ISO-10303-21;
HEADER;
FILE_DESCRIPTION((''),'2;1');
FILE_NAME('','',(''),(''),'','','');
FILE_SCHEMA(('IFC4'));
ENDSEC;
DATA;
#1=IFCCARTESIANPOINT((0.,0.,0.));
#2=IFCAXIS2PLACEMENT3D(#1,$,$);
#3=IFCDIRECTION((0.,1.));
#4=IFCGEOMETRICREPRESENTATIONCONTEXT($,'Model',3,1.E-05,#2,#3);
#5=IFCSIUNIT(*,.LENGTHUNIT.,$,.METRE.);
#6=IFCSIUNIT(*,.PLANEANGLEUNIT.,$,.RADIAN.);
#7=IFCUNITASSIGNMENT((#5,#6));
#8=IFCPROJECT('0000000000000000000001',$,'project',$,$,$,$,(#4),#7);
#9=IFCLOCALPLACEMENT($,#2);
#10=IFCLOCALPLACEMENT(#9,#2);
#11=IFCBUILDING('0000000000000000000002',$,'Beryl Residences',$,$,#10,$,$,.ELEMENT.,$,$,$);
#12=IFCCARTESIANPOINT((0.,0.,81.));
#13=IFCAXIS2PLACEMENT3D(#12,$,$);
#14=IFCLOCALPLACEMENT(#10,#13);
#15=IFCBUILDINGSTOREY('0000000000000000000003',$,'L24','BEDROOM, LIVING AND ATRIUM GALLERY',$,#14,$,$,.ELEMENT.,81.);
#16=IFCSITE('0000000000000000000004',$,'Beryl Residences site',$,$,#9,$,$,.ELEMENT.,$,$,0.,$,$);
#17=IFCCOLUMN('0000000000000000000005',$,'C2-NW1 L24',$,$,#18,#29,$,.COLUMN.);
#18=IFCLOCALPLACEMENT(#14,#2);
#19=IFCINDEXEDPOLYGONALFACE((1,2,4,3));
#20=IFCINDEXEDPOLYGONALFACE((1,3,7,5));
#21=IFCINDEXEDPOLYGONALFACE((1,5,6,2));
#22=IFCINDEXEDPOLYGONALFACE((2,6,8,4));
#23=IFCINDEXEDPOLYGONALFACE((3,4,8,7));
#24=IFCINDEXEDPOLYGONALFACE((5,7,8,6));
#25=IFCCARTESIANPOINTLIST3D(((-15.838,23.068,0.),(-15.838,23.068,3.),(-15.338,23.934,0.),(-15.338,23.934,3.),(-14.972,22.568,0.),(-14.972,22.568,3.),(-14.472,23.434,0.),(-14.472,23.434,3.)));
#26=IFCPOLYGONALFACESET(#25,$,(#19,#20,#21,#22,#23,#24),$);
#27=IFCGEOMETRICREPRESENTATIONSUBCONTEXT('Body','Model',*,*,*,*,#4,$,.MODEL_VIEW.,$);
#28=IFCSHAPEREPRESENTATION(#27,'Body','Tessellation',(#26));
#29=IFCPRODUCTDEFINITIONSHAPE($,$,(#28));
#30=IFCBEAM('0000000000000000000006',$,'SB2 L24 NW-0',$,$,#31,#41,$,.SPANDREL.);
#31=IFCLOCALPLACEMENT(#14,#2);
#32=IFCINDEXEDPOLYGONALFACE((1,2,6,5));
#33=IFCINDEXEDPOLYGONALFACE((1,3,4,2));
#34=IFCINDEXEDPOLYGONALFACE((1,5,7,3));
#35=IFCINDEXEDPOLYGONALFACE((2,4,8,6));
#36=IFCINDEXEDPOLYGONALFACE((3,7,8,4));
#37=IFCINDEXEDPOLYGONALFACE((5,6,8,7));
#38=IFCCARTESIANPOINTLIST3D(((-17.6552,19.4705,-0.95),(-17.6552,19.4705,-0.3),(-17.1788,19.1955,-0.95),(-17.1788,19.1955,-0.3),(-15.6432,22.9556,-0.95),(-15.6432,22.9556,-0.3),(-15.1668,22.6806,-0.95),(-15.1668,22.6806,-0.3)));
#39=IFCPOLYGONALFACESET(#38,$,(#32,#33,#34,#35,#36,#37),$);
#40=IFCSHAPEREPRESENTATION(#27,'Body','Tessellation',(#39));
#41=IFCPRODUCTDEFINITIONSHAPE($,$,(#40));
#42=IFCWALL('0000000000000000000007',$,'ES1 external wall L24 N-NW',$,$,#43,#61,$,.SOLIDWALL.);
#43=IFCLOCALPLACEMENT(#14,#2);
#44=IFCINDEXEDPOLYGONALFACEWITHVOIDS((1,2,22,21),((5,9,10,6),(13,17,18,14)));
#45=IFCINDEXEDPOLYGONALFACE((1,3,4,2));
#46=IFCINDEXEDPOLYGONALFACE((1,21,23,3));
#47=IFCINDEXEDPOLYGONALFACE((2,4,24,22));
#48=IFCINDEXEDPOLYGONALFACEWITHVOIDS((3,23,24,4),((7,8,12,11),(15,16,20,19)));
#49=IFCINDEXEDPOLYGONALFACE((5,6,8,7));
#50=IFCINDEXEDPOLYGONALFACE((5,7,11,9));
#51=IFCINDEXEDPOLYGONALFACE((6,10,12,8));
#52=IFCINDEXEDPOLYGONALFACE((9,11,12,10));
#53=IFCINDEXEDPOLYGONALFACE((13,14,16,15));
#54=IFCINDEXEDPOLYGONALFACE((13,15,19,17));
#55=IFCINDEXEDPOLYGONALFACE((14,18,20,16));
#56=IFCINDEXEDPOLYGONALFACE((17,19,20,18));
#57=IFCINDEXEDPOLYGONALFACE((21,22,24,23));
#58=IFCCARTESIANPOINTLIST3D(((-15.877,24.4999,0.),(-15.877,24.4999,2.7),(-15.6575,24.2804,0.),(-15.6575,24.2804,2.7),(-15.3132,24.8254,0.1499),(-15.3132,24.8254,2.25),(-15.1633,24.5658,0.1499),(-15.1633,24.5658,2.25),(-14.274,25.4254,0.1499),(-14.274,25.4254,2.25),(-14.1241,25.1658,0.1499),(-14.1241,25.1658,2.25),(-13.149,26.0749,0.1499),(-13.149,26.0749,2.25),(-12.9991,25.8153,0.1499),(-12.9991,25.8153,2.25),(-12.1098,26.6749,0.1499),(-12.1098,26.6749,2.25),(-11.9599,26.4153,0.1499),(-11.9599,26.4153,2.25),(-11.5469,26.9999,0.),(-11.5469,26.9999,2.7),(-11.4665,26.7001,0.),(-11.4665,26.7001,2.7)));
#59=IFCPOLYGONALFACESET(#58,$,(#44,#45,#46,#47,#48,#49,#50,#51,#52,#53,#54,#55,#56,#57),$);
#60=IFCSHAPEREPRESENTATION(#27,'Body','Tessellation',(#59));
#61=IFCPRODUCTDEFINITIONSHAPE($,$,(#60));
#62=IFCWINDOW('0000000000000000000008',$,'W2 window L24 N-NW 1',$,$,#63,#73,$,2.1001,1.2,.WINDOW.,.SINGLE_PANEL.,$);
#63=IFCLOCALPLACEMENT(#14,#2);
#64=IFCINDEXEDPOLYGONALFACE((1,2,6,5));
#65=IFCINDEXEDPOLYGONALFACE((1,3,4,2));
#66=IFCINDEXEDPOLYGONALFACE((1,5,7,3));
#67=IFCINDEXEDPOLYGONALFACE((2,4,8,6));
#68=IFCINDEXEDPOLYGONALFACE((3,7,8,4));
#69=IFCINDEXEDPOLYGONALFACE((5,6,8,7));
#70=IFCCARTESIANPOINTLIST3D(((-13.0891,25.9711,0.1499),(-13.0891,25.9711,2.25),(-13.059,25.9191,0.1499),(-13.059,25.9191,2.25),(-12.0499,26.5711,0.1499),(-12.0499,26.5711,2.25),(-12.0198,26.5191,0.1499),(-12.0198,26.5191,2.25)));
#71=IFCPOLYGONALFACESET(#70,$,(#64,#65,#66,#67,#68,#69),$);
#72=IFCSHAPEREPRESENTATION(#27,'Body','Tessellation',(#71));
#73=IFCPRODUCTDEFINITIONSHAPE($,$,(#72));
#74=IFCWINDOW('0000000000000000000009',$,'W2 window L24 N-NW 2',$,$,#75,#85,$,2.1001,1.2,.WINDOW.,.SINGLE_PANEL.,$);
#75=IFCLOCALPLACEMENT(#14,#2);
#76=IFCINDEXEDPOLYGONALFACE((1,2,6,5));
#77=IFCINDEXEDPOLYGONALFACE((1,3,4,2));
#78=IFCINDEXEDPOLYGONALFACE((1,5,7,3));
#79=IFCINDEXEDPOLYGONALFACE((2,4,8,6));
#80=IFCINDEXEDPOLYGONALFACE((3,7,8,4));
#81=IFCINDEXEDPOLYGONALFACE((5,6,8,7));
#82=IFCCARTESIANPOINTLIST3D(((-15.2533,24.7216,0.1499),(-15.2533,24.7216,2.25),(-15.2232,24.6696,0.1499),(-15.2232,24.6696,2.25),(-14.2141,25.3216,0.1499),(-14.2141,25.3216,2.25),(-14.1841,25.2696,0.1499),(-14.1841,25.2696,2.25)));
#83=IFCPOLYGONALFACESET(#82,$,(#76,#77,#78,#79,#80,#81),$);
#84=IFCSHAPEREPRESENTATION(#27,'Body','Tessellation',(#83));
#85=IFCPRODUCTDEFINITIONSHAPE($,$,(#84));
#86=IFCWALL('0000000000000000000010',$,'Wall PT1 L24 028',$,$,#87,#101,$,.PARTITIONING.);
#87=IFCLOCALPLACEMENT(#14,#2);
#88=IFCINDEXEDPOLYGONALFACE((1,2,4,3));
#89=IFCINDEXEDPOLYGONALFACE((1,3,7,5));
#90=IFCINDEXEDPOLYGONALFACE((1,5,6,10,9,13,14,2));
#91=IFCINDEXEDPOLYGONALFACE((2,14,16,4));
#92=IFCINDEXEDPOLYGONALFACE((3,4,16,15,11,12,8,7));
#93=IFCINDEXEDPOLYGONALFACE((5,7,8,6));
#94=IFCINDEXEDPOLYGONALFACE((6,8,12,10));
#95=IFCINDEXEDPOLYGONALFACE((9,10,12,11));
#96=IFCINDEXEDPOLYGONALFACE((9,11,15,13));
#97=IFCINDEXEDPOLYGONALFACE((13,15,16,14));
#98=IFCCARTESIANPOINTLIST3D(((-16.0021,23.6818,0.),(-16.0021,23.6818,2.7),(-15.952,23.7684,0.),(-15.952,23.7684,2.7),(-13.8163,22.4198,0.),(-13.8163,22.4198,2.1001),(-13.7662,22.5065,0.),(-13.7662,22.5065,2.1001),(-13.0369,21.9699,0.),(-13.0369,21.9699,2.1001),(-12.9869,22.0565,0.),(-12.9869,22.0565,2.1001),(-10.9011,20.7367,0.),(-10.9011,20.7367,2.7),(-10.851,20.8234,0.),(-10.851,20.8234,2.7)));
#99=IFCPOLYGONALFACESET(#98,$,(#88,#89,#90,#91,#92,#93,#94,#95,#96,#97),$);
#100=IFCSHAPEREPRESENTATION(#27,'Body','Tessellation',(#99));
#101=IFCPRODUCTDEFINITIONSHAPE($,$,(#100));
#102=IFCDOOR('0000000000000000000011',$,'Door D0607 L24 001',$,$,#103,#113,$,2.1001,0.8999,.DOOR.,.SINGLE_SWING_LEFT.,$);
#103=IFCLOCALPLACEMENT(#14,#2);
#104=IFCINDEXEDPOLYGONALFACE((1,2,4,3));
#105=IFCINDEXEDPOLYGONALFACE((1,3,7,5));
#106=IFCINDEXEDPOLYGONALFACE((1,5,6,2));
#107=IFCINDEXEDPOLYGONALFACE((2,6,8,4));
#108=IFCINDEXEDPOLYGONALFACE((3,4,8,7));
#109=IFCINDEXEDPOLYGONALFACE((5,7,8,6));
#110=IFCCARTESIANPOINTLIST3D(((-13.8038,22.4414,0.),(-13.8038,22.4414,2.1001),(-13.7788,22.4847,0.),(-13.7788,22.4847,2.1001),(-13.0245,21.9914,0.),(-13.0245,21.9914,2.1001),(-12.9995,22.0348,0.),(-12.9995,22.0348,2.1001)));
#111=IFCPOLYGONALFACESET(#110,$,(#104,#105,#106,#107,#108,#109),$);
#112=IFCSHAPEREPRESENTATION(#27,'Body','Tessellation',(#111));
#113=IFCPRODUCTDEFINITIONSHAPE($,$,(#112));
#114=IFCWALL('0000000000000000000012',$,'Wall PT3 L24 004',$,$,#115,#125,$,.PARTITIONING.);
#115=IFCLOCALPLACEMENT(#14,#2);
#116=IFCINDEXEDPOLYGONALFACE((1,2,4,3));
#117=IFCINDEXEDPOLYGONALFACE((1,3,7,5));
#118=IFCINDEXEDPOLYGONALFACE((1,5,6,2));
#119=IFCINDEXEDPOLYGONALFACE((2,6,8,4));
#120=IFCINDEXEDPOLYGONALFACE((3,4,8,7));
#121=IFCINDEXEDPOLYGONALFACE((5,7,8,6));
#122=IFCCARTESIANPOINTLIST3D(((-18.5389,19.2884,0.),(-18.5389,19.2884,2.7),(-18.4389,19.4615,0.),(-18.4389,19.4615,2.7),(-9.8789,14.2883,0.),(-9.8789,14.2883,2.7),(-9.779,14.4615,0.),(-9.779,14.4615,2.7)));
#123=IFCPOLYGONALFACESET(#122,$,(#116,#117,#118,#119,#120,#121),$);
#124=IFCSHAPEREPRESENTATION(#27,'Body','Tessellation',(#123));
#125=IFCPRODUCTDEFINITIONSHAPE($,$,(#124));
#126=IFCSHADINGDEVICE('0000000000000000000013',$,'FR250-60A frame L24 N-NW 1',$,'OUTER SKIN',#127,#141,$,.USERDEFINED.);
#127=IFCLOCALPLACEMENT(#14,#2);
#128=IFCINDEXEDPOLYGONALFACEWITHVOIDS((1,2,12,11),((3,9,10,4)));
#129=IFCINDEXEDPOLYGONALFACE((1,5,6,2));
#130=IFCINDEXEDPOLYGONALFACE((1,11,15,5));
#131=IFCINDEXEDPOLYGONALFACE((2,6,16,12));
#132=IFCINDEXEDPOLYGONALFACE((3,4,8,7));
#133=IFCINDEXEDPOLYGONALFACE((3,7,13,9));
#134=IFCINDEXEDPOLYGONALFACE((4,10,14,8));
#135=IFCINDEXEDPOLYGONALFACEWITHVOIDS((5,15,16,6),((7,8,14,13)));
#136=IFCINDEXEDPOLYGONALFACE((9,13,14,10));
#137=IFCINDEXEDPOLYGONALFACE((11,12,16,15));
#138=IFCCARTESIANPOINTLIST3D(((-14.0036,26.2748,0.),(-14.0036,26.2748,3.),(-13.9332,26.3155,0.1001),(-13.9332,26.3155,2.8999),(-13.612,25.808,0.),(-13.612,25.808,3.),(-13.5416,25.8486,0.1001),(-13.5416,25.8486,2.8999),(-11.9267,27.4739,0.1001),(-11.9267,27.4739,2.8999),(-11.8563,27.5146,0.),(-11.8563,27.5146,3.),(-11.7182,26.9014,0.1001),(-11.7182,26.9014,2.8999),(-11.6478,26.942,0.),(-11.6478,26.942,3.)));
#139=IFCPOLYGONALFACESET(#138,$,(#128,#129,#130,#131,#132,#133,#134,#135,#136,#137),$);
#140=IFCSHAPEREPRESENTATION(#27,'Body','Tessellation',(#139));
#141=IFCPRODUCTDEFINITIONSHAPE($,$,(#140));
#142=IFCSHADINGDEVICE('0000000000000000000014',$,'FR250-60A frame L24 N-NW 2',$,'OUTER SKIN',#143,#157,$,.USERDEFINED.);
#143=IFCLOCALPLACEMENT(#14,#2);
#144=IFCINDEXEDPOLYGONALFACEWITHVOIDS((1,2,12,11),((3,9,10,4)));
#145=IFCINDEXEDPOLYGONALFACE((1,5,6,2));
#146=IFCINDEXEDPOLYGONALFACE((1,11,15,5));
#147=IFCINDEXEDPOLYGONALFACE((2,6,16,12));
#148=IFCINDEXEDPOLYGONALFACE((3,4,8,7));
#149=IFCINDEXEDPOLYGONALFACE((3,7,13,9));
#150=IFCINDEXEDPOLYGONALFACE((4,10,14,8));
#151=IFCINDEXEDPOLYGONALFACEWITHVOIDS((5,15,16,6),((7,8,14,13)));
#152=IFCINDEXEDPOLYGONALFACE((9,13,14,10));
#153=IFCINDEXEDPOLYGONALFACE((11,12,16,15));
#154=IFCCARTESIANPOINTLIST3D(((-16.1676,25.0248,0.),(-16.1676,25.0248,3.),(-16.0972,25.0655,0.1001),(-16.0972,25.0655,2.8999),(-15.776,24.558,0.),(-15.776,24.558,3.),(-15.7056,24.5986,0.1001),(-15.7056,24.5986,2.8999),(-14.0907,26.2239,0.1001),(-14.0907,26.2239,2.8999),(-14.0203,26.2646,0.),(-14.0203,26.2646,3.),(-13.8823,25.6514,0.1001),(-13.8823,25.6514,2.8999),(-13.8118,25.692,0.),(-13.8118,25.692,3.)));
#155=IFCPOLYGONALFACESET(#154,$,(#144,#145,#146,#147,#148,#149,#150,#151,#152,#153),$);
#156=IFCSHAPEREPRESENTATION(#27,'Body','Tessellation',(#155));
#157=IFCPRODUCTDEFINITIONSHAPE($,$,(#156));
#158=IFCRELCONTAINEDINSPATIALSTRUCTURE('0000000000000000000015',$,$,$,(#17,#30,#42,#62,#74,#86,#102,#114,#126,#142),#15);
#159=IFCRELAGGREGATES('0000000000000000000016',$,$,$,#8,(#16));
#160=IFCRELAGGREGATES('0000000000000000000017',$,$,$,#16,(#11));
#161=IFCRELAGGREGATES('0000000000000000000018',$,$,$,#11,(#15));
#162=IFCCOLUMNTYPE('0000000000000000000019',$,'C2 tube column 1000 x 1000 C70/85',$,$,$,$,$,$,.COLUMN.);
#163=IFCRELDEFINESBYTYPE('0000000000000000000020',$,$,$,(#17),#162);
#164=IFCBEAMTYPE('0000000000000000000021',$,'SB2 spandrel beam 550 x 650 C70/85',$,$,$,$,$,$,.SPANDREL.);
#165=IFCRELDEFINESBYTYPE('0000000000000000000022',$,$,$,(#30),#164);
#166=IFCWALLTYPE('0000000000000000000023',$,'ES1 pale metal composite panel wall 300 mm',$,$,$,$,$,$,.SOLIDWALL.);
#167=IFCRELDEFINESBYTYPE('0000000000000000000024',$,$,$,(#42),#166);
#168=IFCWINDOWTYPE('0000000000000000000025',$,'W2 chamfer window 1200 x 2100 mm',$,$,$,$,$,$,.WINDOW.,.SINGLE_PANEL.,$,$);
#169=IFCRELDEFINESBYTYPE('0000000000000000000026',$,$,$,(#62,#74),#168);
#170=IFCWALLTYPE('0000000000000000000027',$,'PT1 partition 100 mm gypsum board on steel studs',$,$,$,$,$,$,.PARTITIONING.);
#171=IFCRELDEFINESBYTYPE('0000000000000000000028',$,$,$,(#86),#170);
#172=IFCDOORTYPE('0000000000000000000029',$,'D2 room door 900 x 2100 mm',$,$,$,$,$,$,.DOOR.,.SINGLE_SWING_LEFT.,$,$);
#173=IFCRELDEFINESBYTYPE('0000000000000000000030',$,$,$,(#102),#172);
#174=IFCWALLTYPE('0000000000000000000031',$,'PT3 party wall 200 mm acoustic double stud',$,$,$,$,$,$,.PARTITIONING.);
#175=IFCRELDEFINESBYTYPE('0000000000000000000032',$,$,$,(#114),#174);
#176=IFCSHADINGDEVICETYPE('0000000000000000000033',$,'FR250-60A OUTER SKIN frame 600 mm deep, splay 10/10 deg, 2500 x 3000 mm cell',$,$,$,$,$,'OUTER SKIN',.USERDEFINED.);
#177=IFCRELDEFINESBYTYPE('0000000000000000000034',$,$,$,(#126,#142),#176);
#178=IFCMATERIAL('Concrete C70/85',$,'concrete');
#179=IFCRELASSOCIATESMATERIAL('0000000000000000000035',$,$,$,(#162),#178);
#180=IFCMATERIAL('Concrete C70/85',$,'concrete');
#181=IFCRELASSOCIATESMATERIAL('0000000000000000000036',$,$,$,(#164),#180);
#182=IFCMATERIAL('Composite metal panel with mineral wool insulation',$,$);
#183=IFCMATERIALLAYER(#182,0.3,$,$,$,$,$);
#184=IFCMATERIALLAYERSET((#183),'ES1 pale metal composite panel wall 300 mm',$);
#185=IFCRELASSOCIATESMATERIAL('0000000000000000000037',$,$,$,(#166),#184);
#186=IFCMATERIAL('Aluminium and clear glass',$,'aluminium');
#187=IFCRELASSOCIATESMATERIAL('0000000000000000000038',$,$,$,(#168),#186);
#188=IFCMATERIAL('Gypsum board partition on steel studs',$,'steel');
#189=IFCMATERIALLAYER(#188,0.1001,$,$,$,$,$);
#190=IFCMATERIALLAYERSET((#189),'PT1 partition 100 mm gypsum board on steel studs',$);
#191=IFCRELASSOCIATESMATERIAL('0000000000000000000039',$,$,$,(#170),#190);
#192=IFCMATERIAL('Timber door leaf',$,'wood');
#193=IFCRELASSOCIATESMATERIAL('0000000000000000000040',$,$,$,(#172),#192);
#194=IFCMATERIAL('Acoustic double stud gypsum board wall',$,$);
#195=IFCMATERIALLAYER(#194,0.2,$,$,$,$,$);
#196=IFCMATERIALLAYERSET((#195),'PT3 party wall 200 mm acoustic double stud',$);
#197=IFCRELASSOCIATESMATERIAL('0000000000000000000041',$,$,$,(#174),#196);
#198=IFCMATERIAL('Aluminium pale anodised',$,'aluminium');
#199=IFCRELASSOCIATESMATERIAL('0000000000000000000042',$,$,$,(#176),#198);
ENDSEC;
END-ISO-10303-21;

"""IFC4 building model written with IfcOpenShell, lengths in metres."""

from ifc_helpers import new_model, entity, si_unit, direction, frame, frame_2d, origin, origin_2d, place, context, subcontext, project, spatial, polyline, rectangle, outline, extrude, source, transform, mapped, material, layer, layer_set, material_profile, profile_set, type_object, type_shapes, element, fill, save


model = new_model("IFC4")

# Units and contexts
model_context = context("Model", 3, precision=1e-05, world=origin(), true_north=direction((0.0, 1.0)))
body_context = subcontext(model_context, "Body", "Model", "MODEL_VIEW")
ifc_project = project(units=[si_unit("LENGTHUNIT", "METRE"), si_unit("PLANEANGLEUNIT", "RADIAN")], contexts=[model_context])

# Site, building, storey
site_placement = place(None, origin())
site = spatial("IfcSite", under=ifc_project, at=site_placement, Name="Beryl Residences site", CompositionType="ELEMENT", RefElevation=0.0)
building_placement = place(site_placement, origin())
building = spatial("IfcBuilding", under=site, at=building_placement, Name="Beryl Residences", CompositionType="ELEMENT")
storey_placement = place(building_placement, frame((0.0, 0.0, 81.0)))
storey = spatial("IfcBuildingStorey", under=building, at=storey_placement, Name="L24", Description="BEDROOM, LIVING AND ATRIUM GALLERY", CompositionType="ELEMENT", Elevation=81.0)

# Column
ifc_material_1 = material(Name="Concrete C70/85", Category="concrete")
ifc_material_profile_1 = material_profile(ifc_material_1, rectangle(XDim=1.0, YDim=1.0, at=origin_2d()))
ifc_profile_set_1 = profile_set([ifc_material_profile_1], Name="Concrete C70/85")
column_type = type_object("IfcColumnType", Name="C2 tube column 1000 x 1000 C70/85", PredefinedType="COLUMN", material=ifc_profile_set_1)
column_placement = place(storey_placement, frame((-15.155, 23.251, 0.0), z_axis=(0.0, 0.0, 1.0), x_axis=(-0.5, -0.866025, 0.0)))
element("IfcColumn", 1, at=column_placement, inside=storey, type_object=column_type, Name="C2-NW1 L24", PredefinedType="COLUMN", context=body_context, shape_type="SweptSolid", body=[
    extrude(rectangle(XDim=1.0, YDim=1.0, at=origin_2d()), origin(), (0.0, 0.0, 1.0), 3.0),
])

# Beam
ifc_material_2 = material(Name="Concrete C70/85", Category="concrete")
ifc_material_profile_2 = material_profile(ifc_material_2, rectangle(XDim=0.55, YDim=0.6499, at=origin_2d()))
ifc_profile_set_2 = profile_set([ifc_material_profile_2], Name="Concrete C70/85")
beam_type = type_object("IfcBeamType", Name="SB2 spandrel beam 550 x 650 C70/85", PredefinedType="SPANDREL", material=ifc_profile_set_2)
beam_placement = place(storey_placement, frame((-15.405, 22.8181, -0.625), z_axis=(-0.499969, -0.866043, 0.0), x_axis=(0.866043, -0.499969, 0.0)))
element("IfcBeam", 2, at=beam_placement, inside=storey, type_object=beam_type, Name="SB2 L24 NW-0", PredefinedType="SPANDREL", context=body_context, shape_type="SweptSolid", body=[
    extrude(rectangle(XDim=0.55, YDim=0.6499, at=origin_2d()), origin(), (0.0, 0.0, 1.0), 4.0242),
])

# Wall, openings, windows
ifc_material_3 = material(Name="Composite metal panel with mineral wool insulation")
ifc_layer_1 = layer(ifc_material_3, 0.3)
ifc_layer_set_1 = layer_set([ifc_layer_1], Name="ES1 pale metal composite panel wall 300 mm")
wall_type_1 = type_object("IfcWallType", Name="ES1 pale metal composite panel wall 300 mm", PredefinedType="SOLIDWALL", material=ifc_layer_set_1)
wall_1_placement = place(storey_placement, frame((-11.4719, 26.8701, 0.0), z_axis=(0.0, 0.0, 1.0), x_axis=(-0.866023, -0.500004, 0.0)))
wall_1 = element("IfcWall", 3, at=wall_1_placement, inside=storey, type_object=wall_type_1, Name="ES1 external wall L24 N-NW", PredefinedType="SOLIDWALL", context=body_context, shape_type="SweptSolid", body=[
    extrude(outline(polyline([(0.0, -0.1499), (5.0, -0.1499), (4.9197, 0.1499), (0.0803, 0.1499), (0.0, -0.1499)])), origin(), (0.0, 0.0, 1.0), 2.7),
])
opening_1_placement = place(wall_1_placement, frame((0.6499, 0.0, 0.1499)))
opening_1 = element("IfcOpeningElement", 4, at=opening_1_placement, cuts=wall_1, PredefinedType="OPENING", context=body_context, shape_type="SweptSolid", body=[
    extrude(rectangle(XDim=1.2, YDim=2.1001, at=frame_2d((0.6001, 1.05))), frame((0.0, 0.1599, 0.0), z_axis=(0.0, -1.0, 0.0), x_axis=(1.0, 0.0, 0.0)), (0.0, 0.0, 1.0), 0.3201),
])
opening_2_placement = place(wall_1_placement, frame((3.1489, 0.0, 0.1499)))
opening_2 = element("IfcOpeningElement", 5, at=opening_2_placement, cuts=wall_1, PredefinedType="OPENING", context=body_context, shape_type="SweptSolid", body=[
    extrude(rectangle(XDim=1.2, YDim=2.1001, at=frame_2d((0.6001, 1.05))), frame((0.0, 0.1599, 0.0), z_axis=(0.0, -1.0, 0.0), x_axis=(1.0, 0.0, 0.0)), (0.0, 0.0, 1.0), 0.3201),
])
ifc_material_4 = material(Name="Aluminium and clear glass", Category="aluminium")
window_type_1 = type_object("IfcWindowType", Name="W2 chamfer window 1200 x 2100 mm", PartitioningType="SINGLE_PANEL", PredefinedType="WINDOW", material=ifc_material_4)
window_1_placement = place(opening_1_placement, origin())
window_1 = element("IfcWindow", 6, at=window_1_placement, inside=storey, type_object=window_type_1, Name="W2 window L24 N-NW 1", OverallHeight=2.1001, OverallWidth=1.2, PartitioningType="SINGLE_PANEL", PredefinedType="WINDOW", context=body_context, shape_type="SweptSolid", body=[
    extrude(rectangle(XDim=1.2, YDim=2.1001, at=frame_2d((0.6001, 1.05))), frame((0.0, 0.03, 0.0), z_axis=(0.0, -1.0, 0.0), x_axis=(1.0, 0.0, 0.0)), (0.0, 0.0, 1.0), 0.0601),
])
fill(opening_1, window_1)
window_2_placement = place(opening_2_placement, origin())
window_2 = element("IfcWindow", 7, at=window_2_placement, inside=storey, type_object=window_type_1, Name="W2 window L24 N-NW 2", OverallHeight=2.1001, OverallWidth=1.2, PartitioningType="SINGLE_PANEL", PredefinedType="WINDOW", context=body_context, shape_type="SweptSolid", body=[
    extrude(rectangle(XDim=1.2, YDim=2.1001, at=frame_2d((0.6001, 1.05))), frame((0.0, 0.03, 0.0), z_axis=(0.0, -1.0, 0.0), x_axis=(1.0, 0.0, 0.0)), (0.0, 0.0, 1.0), 0.0601),
])
fill(opening_2, window_2)

# Wall, opening, door
ifc_material_5 = material(Name="Gypsum board partition on steel studs", Category="steel")
ifc_layer_2 = layer(ifc_material_5, 0.1001)
ifc_layer_set_2 = layer_set([ifc_layer_2], Name="PT1 partition 100 mm gypsum board on steel studs")
wall_type_2 = type_object("IfcWallType", Name="PT1 partition 100 mm gypsum board on steel studs", PredefinedType="PARTITIONING", material=ifc_layer_set_2)
wall_2_placement = place(storey_placement, frame((-15.9771, 23.7251, 0.0), z_axis=(0.0, 0.0, 1.0), x_axis=(0.866028, -0.499995, 0.0)))
wall_2 = element("IfcWall", 8, at=wall_2_placement, inside=storey, type_object=wall_type_2, Name="Wall PT1 L24 028", PredefinedType="PARTITIONING", context=body_context, shape_type="SweptSolid", body=[
    extrude(rectangle(XDim=5.8901, YDim=0.1001, at=frame_2d((2.9451, 0.0))), origin(), (0.0, 0.0, 1.0), 2.7),
])
opening_3_placement = place(wall_2_placement, frame((2.5239, 0.0, 0.0)))
opening_3 = element("IfcOpeningElement", 9, at=opening_3_placement, cuts=wall_2, PredefinedType="OPENING", context=body_context, shape_type="SweptSolid", body=[
    extrude(rectangle(XDim=0.8999, YDim=2.1001, at=frame_2d((0.45, 1.05))), frame((0.0, 0.0601, 0.0), z_axis=(0.0, -1.0, 0.0), x_axis=(1.0, 0.0, 0.0)), (0.0, 0.0, 1.0), 0.1201),
])
ifc_material_6 = material(Name="Timber door leaf", Category="wood")
door_type = type_object("IfcDoorType", Name="D2 room door 900 x 2100 mm", OperationType="SINGLE_SWING_LEFT", PredefinedType="DOOR", material=ifc_material_6)
door_placement = place(opening_3_placement, origin())
door = element("IfcDoor", 10, at=door_placement, inside=storey, type_object=door_type, Name="Door D0607 L24 001", OperationType="SINGLE_SWING_LEFT", OverallHeight=2.1001, OverallWidth=0.8999, PredefinedType="DOOR", context=body_context, shape_type="SweptSolid", body=[
    extrude(rectangle(XDim=0.8999, YDim=2.1001, at=frame_2d((0.45, 1.05))), frame((0.0, 0.0249, 0.0), z_axis=(0.0, -1.0, 0.0), x_axis=(1.0, 0.0, 0.0)), (0.0, 0.0, 1.0), 0.05),
])
fill(opening_3, door)

# Wall
ifc_material_7 = material(Name="Acoustic double stud gypsum board wall")
ifc_layer_3 = layer(ifc_material_7, 0.2)
ifc_layer_set_3 = layer_set([ifc_layer_3], Name="PT3 party wall 200 mm acoustic double stud")
wall_type_3 = type_object("IfcWallType", Name="PT3 party wall 200 mm acoustic double stud", PredefinedType="PARTITIONING", material=ifc_layer_set_3)
wall_3_placement = place(storey_placement, frame((-18.489, 19.375, 0.0), z_axis=(0.0, 0.0, 1.0), x_axis=(0.866017, -0.500015, 0.0)))
element("IfcWall", 11, at=wall_3_placement, inside=storey, type_object=wall_type_3, Name="Wall PT3 L24 004", PredefinedType="PARTITIONING", context=body_context, shape_type="SweptSolid", body=[
    extrude(rectangle(XDim=9.9998, YDim=0.2, at=frame_2d((5.0, 0.0))), origin(), (0.0, 0.0, 1.0), 2.7),
])

# Shading devices
ifc_material_8 = material(Name="Aluminium pale anodised", Category="aluminium")
shading_device_type_1 = type_object("IfcShadingDeviceType", Name="FR250-60A OUTER SKIN frame 600 mm deep, splay 10/10 deg, 2500 x 3000 mm cell", ElementType="OUTER SKIN", PredefinedType="USERDEFINED", material=ifc_material_8)
cartesian_point_1 = entity("IfcCartesianPoint", [-1.134, 0.0])
cartesian_point_2 = entity("IfcCartesianPoint", [-1.0527, 0.1001])
cartesian_point_3 = entity("IfcCartesianPoint", [-1.2397, 0.0])
cartesian_point_4 = entity("IfcCartesianPoint", [-1.1584, 0.1001])
shared_shape_1 = source(origin(), body_context, "Body", "SweptSolid", [
    entity("IfcExtrudedAreaSolidTapered", entity("IfcArbitraryProfileDefWithVoids", "AREA", None, entity("IfcPolyline", [cartesian_point_1, entity("IfcCartesianPoint", [1.134, 0.0]), entity("IfcCartesianPoint", [1.134, 3.0]), entity("IfcCartesianPoint", [-1.134, 3.0]), cartesian_point_1]), [entity("IfcPolyline", [cartesian_point_2, entity("IfcCartesianPoint", [1.0527, 0.1001]), entity("IfcCartesianPoint", [1.0527, 2.8999]), entity("IfcCartesianPoint", [-1.0527, 2.8999]), cartesian_point_2])]), entity("IfcAxis2Placement3D", entity("IfcCartesianPoint", [0.0, 0.0, 0.0]), entity("IfcDirection", [0.0, 1.0, 0.0]), entity("IfcDirection", [-1.0, 0.0, 0.0])), entity("IfcDirection", [0.0, 0.0, 1.0]), 0.6001, entity("IfcArbitraryProfileDefWithVoids", "AREA", None, entity("IfcPolyline", [cartesian_point_3, entity("IfcCartesianPoint", [1.2397, 0.0]), entity("IfcCartesianPoint", [1.2397, 3.0]), entity("IfcCartesianPoint", [-1.2397, 3.0]), cartesian_point_3]), [entity("IfcPolyline", [cartesian_point_4, entity("IfcCartesianPoint", [1.1584, 0.1001]), entity("IfcCartesianPoint", [1.1584, 2.8999]), entity("IfcCartesianPoint", [-1.1584, 2.8999]), cartesian_point_4])])),
])
type_shapes(shading_device_type_1, [shared_shape_1])
for number, where, z_axis, x_axis, name in (
    (12, (-12.6299, 26.375, 0.0), (0.0, 0.0, 1.0), (0.866025, 0.5, 0.0), "FR250-60A frame L24 N-NW 1"),
    (13, (-14.7939, 25.125, 0.0), (0.0, 0.0, 1.0), (0.866025, 0.5, 0.0), "FR250-60A frame L24 N-NW 2"),
):
    element("IfcShadingDevice", number, at=place(storey_placement, frame(where, z_axis=z_axis, x_axis=x_axis)), inside=storey, type_object=shading_device_type_1, Name=name, ObjectType="OUTER SKIN", PredefinedType="USERDEFINED", context=body_context, shape_type="MappedRepresentation", body=[
        mapped(shared_shape_1, transform((0.0, 0.0, 0.0))),
    ])

save(model, "model.ifc")
